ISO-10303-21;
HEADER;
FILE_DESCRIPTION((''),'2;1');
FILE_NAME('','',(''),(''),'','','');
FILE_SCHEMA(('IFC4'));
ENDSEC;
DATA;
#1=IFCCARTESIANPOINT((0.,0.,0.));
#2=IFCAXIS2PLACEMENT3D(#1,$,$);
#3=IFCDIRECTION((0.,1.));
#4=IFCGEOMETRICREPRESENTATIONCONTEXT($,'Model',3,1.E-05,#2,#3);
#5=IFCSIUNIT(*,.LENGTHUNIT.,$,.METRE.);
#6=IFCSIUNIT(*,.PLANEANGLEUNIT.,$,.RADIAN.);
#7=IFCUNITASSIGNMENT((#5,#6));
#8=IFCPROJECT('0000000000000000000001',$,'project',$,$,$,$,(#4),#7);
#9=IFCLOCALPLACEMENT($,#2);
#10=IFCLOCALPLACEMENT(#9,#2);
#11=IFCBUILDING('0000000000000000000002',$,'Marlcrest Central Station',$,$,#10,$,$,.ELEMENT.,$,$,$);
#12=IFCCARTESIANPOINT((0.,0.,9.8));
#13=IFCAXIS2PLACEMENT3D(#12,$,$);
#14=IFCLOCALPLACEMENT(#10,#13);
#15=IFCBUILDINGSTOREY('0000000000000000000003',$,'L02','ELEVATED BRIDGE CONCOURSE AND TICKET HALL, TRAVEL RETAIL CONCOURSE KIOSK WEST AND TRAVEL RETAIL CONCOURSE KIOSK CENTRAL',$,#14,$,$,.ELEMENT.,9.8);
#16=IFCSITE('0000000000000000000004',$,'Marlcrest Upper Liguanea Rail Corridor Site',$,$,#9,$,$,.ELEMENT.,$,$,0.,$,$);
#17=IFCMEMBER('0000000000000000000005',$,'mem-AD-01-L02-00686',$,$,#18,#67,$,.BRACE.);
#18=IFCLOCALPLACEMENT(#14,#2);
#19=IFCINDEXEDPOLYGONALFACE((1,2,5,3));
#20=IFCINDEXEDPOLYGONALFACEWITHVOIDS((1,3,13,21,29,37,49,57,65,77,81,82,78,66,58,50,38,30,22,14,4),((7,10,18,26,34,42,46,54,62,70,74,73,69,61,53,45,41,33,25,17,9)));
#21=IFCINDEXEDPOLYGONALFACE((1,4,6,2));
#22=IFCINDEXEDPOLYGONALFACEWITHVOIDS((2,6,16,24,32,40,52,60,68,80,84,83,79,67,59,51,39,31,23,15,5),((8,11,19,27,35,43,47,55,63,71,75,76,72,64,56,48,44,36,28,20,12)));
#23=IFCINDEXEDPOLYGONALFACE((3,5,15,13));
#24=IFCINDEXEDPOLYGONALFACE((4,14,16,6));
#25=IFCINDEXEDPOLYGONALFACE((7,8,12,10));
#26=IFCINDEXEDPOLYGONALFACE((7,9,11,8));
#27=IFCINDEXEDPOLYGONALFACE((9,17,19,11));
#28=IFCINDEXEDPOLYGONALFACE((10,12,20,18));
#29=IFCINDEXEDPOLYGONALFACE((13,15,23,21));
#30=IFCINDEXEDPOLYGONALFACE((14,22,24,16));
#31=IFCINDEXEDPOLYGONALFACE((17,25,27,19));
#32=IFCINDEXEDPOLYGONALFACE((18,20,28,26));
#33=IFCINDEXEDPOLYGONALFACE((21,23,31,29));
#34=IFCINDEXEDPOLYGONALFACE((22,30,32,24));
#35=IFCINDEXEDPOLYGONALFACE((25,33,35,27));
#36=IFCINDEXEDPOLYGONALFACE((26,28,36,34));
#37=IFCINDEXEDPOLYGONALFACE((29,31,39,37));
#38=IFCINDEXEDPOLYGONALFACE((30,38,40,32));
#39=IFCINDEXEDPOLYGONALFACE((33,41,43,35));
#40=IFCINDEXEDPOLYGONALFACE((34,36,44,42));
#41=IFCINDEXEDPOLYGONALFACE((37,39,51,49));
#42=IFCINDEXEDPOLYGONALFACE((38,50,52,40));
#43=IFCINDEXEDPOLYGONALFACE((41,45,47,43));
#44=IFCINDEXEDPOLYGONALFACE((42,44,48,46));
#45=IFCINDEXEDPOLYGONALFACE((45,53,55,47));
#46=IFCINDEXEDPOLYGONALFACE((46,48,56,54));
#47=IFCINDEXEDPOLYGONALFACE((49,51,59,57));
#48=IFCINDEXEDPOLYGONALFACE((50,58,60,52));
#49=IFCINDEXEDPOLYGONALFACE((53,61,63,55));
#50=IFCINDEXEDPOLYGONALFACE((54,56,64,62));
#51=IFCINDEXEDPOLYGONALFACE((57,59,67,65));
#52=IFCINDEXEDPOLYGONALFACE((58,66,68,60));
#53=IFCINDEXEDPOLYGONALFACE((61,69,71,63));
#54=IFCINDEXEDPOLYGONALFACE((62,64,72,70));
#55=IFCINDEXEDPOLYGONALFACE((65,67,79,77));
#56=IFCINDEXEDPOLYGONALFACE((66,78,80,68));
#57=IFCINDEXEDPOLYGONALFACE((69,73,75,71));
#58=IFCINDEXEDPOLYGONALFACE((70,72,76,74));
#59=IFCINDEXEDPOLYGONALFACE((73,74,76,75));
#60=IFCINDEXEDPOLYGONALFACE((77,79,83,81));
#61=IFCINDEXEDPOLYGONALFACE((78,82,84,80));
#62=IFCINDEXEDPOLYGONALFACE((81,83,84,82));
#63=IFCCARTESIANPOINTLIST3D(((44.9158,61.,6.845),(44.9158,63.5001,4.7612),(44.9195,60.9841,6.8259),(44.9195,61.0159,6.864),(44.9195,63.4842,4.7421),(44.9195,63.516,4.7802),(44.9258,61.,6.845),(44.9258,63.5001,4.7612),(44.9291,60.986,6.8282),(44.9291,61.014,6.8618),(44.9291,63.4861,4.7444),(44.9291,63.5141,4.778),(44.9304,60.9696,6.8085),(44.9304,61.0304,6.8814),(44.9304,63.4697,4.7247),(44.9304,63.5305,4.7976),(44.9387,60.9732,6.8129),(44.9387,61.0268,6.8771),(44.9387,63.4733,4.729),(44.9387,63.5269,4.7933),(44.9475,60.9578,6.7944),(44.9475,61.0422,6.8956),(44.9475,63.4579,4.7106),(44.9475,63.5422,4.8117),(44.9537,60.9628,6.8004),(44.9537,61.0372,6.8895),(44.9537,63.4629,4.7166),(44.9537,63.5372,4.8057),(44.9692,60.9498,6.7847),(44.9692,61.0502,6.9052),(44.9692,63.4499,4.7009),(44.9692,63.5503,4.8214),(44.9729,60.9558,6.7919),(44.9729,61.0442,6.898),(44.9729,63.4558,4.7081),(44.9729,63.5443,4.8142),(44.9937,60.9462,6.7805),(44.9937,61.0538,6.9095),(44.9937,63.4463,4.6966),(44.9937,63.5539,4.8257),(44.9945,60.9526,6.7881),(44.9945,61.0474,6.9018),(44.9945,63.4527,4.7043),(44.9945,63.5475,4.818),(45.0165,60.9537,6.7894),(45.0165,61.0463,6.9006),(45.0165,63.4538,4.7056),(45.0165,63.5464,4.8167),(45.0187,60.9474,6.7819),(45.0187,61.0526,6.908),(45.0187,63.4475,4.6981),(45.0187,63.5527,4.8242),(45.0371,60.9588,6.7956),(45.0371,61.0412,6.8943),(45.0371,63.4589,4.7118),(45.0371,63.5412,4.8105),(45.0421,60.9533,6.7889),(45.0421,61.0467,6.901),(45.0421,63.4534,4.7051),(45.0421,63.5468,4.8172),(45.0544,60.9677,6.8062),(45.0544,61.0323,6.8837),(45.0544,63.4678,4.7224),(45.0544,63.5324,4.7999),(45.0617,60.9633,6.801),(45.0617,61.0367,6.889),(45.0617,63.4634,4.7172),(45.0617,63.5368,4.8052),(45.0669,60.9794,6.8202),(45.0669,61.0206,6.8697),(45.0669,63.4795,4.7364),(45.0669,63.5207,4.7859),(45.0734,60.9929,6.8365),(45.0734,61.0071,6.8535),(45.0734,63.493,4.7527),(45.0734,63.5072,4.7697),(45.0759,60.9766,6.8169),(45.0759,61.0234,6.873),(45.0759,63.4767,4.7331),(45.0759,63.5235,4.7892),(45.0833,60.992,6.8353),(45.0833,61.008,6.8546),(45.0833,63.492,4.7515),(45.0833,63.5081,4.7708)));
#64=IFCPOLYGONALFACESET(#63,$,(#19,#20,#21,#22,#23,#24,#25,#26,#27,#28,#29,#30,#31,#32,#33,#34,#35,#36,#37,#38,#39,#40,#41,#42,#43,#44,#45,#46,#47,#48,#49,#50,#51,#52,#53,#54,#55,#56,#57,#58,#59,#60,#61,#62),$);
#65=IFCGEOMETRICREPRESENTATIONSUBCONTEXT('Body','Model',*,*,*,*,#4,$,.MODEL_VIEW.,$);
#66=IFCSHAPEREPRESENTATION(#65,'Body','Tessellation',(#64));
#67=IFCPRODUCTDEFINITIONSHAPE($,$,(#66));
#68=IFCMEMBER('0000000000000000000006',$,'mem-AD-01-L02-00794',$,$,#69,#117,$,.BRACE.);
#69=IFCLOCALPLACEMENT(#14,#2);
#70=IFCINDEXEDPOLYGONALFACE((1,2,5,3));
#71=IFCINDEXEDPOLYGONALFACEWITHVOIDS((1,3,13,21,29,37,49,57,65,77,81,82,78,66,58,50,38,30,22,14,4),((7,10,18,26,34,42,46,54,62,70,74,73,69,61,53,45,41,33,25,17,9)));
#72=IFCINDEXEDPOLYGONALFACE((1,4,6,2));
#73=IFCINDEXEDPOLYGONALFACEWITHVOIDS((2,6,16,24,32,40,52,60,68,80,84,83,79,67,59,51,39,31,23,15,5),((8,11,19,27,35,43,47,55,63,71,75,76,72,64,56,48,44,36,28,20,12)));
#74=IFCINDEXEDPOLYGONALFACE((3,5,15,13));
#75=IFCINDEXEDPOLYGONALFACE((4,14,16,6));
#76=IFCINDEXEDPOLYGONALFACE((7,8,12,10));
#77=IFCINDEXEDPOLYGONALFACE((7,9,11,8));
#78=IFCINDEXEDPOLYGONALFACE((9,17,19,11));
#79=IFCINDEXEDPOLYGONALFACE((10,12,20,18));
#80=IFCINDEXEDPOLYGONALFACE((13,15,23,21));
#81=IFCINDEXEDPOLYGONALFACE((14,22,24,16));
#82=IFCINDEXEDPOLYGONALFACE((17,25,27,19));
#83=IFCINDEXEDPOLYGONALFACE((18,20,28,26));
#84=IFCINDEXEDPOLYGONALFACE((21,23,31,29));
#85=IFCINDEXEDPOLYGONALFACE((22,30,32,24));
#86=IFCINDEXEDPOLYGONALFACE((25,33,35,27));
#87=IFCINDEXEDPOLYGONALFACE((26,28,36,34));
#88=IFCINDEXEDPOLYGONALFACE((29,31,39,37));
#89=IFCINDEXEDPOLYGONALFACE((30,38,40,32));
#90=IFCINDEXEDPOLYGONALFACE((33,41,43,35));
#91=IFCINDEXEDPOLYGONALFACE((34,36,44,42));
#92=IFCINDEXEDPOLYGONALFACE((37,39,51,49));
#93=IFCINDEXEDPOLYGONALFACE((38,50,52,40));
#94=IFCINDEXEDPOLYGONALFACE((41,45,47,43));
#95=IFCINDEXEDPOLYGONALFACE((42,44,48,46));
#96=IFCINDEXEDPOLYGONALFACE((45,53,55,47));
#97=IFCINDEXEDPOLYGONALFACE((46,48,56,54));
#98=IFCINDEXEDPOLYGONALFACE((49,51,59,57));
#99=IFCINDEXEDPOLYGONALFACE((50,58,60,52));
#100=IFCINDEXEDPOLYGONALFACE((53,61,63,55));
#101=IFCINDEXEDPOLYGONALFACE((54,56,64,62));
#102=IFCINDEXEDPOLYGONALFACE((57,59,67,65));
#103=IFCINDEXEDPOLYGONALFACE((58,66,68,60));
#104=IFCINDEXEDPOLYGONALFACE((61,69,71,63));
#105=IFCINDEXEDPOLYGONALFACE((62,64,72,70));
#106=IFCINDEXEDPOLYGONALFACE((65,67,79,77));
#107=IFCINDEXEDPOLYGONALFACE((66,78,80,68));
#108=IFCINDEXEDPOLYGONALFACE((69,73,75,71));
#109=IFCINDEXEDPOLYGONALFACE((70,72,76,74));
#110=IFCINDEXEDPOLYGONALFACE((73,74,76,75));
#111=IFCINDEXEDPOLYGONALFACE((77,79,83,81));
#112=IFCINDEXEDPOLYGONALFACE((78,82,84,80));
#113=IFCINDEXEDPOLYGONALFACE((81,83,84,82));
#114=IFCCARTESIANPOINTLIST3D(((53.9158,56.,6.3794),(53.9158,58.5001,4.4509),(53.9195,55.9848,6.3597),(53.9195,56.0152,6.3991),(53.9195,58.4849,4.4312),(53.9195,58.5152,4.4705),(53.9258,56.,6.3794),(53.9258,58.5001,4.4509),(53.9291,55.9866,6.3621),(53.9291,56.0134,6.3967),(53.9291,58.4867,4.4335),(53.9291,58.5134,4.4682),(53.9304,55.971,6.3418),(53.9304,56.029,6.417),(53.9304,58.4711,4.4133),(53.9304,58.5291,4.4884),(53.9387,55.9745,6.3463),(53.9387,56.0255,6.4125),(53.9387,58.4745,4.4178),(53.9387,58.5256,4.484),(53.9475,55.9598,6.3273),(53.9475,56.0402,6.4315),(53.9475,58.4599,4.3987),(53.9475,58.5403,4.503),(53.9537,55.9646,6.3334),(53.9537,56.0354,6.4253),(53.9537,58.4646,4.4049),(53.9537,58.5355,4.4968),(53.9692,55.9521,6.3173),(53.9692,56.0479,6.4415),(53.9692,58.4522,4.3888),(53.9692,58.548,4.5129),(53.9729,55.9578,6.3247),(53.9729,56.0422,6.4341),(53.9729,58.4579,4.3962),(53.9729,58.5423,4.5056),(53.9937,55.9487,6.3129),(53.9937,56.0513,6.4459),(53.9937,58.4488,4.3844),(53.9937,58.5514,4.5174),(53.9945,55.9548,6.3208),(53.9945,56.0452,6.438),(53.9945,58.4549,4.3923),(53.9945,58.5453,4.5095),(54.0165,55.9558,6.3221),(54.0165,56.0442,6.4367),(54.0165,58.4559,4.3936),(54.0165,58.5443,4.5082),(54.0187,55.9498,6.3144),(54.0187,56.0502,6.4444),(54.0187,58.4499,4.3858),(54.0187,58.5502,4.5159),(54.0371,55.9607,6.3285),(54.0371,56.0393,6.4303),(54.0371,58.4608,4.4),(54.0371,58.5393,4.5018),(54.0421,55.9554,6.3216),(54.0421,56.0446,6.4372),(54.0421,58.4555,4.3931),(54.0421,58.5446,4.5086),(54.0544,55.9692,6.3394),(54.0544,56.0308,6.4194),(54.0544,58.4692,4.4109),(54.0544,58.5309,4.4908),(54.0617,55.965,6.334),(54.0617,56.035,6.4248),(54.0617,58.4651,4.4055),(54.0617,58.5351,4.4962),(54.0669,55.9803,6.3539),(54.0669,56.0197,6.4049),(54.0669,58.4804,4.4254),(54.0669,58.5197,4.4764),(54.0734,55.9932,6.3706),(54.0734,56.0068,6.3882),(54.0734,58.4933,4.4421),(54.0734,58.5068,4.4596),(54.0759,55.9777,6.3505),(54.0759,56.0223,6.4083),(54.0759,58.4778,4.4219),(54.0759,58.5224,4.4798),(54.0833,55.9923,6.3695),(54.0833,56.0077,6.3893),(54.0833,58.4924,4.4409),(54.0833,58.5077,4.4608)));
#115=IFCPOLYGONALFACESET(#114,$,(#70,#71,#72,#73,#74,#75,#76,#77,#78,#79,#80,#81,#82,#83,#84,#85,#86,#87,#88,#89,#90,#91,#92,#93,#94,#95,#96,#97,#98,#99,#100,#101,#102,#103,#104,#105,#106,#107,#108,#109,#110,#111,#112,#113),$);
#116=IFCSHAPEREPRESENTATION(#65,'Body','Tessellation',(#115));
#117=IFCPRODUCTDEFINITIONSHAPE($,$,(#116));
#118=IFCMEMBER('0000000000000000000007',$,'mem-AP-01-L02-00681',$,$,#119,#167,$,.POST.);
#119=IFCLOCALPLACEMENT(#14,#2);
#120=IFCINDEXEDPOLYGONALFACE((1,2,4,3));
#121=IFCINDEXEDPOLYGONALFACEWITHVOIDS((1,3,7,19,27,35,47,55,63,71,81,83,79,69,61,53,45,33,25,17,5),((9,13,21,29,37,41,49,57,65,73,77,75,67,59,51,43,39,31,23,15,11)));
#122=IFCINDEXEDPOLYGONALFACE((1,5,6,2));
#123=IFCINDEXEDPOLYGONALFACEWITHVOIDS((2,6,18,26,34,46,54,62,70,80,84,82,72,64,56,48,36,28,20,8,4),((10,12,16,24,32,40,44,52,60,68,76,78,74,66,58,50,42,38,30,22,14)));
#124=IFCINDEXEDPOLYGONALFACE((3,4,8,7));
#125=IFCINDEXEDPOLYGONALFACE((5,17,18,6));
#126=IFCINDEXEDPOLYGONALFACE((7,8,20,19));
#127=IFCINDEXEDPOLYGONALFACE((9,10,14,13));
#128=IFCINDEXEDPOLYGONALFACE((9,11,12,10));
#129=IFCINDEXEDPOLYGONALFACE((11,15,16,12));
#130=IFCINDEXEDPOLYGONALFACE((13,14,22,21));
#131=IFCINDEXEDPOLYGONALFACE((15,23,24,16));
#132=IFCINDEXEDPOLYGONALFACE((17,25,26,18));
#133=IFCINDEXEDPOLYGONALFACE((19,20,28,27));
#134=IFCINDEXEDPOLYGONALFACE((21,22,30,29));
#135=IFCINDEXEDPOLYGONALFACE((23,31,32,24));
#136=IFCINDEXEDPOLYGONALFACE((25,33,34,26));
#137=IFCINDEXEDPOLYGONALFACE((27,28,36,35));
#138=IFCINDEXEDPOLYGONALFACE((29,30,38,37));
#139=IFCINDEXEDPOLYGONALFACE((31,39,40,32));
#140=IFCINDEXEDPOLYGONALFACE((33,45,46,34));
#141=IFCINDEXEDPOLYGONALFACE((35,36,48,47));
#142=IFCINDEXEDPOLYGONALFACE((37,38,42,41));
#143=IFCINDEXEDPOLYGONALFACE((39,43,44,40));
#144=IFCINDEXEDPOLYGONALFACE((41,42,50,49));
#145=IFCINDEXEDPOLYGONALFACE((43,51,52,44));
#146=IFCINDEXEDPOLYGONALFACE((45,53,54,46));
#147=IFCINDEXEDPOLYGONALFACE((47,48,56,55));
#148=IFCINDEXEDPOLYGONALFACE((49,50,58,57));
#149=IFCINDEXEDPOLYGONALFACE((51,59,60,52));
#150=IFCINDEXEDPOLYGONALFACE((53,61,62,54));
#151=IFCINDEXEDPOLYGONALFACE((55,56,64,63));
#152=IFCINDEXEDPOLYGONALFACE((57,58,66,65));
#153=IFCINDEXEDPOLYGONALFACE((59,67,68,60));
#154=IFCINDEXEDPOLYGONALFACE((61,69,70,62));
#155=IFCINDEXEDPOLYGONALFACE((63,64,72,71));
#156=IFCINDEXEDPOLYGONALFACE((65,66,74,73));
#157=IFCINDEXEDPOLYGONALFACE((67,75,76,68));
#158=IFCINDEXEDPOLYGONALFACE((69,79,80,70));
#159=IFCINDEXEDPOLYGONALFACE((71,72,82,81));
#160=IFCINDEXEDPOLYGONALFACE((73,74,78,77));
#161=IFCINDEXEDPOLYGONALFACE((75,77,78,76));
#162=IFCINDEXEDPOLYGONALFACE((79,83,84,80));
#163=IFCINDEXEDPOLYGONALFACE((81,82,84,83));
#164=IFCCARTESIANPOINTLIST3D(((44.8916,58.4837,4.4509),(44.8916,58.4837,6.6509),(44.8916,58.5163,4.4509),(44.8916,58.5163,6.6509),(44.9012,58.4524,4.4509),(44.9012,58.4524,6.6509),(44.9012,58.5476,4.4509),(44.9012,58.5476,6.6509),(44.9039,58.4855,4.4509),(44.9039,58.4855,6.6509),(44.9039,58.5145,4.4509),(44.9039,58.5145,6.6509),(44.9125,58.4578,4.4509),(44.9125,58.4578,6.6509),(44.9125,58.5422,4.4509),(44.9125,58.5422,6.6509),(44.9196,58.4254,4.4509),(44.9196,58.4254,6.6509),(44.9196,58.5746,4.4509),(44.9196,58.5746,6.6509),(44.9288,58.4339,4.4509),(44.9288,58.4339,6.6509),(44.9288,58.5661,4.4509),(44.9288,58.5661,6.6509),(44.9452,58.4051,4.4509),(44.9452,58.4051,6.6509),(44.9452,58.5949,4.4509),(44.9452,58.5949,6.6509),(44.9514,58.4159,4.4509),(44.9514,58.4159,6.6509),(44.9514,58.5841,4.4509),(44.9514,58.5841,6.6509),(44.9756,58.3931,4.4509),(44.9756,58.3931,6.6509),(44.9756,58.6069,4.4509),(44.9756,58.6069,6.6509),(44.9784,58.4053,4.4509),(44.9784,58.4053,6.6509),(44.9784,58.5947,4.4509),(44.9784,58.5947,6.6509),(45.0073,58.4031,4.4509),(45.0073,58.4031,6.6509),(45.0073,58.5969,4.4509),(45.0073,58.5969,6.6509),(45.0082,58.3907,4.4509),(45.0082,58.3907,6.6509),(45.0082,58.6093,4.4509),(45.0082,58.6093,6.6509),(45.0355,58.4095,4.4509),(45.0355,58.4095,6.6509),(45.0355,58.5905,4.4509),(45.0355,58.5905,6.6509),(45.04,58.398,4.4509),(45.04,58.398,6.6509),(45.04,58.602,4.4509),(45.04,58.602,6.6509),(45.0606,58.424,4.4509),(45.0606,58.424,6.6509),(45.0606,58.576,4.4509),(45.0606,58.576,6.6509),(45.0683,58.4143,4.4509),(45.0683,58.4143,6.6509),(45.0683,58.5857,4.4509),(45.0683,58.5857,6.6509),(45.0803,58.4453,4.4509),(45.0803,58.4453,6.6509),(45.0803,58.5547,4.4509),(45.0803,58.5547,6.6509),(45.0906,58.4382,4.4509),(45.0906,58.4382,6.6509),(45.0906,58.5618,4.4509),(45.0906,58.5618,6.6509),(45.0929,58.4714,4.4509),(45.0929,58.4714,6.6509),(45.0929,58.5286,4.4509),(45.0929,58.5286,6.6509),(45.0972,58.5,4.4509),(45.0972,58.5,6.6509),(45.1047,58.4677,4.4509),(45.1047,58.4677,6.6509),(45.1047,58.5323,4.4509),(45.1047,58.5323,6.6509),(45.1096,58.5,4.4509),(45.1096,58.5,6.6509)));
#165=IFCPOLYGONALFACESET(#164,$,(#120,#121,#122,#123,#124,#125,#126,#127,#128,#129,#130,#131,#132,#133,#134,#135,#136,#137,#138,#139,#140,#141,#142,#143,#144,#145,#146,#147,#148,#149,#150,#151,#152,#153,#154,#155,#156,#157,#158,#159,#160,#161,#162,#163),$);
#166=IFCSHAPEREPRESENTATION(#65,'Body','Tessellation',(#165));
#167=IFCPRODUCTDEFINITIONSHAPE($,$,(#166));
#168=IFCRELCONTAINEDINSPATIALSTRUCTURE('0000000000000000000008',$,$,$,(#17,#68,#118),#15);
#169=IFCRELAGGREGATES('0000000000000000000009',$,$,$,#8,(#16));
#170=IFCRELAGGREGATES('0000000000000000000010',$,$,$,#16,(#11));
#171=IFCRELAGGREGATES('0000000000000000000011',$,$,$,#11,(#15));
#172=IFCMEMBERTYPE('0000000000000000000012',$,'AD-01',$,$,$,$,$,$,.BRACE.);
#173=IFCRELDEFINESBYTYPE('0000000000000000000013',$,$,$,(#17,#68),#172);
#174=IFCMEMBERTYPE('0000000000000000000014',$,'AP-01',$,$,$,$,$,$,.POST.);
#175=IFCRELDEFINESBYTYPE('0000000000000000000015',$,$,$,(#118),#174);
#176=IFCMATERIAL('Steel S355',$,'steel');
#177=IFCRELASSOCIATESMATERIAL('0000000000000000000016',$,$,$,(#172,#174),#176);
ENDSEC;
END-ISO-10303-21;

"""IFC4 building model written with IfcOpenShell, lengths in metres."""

from ifc_helpers import new_model, si_unit, direction, frame, origin, origin_2d, place, context, subcontext, project, spatial, hollow_circle, extrude, material, material_profile, profile_set, type_object, element, save


model = new_model("IFC4")

# Units and contexts
model_context = context("Model", 3, precision=1e-05, world=origin(), true_north=direction((0.0, 1.0)))
body_context = subcontext(model_context, "Body", "Model", "MODEL_VIEW")
ifc_project = project(units=[si_unit("LENGTHUNIT", "METRE"), si_unit("PLANEANGLEUNIT", "RADIAN")], contexts=[model_context])

# Site, building, storey
site_placement = place(None, origin())
site = spatial("IfcSite", under=ifc_project, at=site_placement, Name="Marlcrest Upper Liguanea Rail Corridor Site", CompositionType="ELEMENT", RefElevation=0.0)
building_placement = place(site_placement, origin())
building = spatial("IfcBuilding", under=site, at=building_placement, Name="Marlcrest Central Station", CompositionType="ELEMENT")
storey_placement = place(building_placement, frame((0.0, 0.0, 9.8)))
storey = spatial("IfcBuildingStorey", under=building, at=storey_placement, Name="L02", Description="ELEVATED BRIDGE CONCOURSE AND TICKET HALL, TRAVEL RETAIL CONCOURSE KIOSK WEST AND TRAVEL RETAIL CONCOURSE KIOSK CENTRAL", CompositionType="ELEMENT", Elevation=9.8)

# Members
ifc_material = material(Name="Steel S355", Category="steel")
ifc_material_profile_1 = material_profile(ifc_material, hollow_circle(Radius=0.0842, WallThickness=0.01, at=origin_2d()), Name="CHS 168.3x10")
ifc_profile_set_1 = profile_set([ifc_material_profile_1], Name="Steel S355")
member_type_1 = type_object("IfcMemberType", Name="AD-01", PredefinedType="BRACE", material=ifc_profile_set_1)
member_1_placement = place(storey_placement, frame((45.0, 61.0, 6.845), z_axis=(0.0, 0.76816, -0.640258), x_axis=(-1.0, 0.0, 0.0)))
element("IfcMember", 1, at=member_1_placement, inside=storey, type_object=member_type_1, Name="mem-AD-01-L02-00686", PredefinedType="BRACE", context=body_context, shape_type="SweptSolid", body=[
    extrude(hollow_circle(Radius=0.0842, WallThickness=0.01, at=origin_2d()), origin(), (0.0, 0.0, 1.0), 3.2546),
])
member_2_placement = place(storey_placement, frame((54.0, 56.0, 6.3794), z_axis=(0.0, 0.791798, -0.610783), x_axis=(-1.0, 0.0, 0.0)))
element("IfcMember", 2, at=member_2_placement, inside=storey, type_object=member_type_1, Name="mem-AD-01-L02-00794", PredefinedType="BRACE", context=body_context, shape_type="SweptSolid", body=[
    extrude(hollow_circle(Radius=0.0842, WallThickness=0.01, at=origin_2d()), origin(), (0.0, 0.0, 1.0), 3.1575),
])
ifc_material_profile_2 = material_profile(ifc_material, hollow_circle(Radius=0.1096, WallThickness=0.0125, at=origin_2d()), Name="CHS 219.1x12.5")
ifc_profile_set_2 = profile_set([ifc_material_profile_2], Name="Steel S355")
member_type_2 = type_object("IfcMemberType", Name="AP-01", PredefinedType="POST", material=ifc_profile_set_2)
member_3_placement = place(storey_placement, frame((45.0, 58.5, 4.4509), z_axis=(0.0, 0.0, 1.0), x_axis=(1.0, 0.0, 0.0)))
element("IfcMember", 3, at=member_3_placement, inside=storey, type_object=member_type_2, Name="mem-AP-01-L02-00681", PredefinedType="POST", context=body_context, shape_type="SweptSolid", body=[
    extrude(hollow_circle(Radius=0.1096, WallThickness=0.0125, at=origin_2d()), origin(), (0.0, 0.0, 1.0), 2.2),
])

save(model, "model.ifc")
